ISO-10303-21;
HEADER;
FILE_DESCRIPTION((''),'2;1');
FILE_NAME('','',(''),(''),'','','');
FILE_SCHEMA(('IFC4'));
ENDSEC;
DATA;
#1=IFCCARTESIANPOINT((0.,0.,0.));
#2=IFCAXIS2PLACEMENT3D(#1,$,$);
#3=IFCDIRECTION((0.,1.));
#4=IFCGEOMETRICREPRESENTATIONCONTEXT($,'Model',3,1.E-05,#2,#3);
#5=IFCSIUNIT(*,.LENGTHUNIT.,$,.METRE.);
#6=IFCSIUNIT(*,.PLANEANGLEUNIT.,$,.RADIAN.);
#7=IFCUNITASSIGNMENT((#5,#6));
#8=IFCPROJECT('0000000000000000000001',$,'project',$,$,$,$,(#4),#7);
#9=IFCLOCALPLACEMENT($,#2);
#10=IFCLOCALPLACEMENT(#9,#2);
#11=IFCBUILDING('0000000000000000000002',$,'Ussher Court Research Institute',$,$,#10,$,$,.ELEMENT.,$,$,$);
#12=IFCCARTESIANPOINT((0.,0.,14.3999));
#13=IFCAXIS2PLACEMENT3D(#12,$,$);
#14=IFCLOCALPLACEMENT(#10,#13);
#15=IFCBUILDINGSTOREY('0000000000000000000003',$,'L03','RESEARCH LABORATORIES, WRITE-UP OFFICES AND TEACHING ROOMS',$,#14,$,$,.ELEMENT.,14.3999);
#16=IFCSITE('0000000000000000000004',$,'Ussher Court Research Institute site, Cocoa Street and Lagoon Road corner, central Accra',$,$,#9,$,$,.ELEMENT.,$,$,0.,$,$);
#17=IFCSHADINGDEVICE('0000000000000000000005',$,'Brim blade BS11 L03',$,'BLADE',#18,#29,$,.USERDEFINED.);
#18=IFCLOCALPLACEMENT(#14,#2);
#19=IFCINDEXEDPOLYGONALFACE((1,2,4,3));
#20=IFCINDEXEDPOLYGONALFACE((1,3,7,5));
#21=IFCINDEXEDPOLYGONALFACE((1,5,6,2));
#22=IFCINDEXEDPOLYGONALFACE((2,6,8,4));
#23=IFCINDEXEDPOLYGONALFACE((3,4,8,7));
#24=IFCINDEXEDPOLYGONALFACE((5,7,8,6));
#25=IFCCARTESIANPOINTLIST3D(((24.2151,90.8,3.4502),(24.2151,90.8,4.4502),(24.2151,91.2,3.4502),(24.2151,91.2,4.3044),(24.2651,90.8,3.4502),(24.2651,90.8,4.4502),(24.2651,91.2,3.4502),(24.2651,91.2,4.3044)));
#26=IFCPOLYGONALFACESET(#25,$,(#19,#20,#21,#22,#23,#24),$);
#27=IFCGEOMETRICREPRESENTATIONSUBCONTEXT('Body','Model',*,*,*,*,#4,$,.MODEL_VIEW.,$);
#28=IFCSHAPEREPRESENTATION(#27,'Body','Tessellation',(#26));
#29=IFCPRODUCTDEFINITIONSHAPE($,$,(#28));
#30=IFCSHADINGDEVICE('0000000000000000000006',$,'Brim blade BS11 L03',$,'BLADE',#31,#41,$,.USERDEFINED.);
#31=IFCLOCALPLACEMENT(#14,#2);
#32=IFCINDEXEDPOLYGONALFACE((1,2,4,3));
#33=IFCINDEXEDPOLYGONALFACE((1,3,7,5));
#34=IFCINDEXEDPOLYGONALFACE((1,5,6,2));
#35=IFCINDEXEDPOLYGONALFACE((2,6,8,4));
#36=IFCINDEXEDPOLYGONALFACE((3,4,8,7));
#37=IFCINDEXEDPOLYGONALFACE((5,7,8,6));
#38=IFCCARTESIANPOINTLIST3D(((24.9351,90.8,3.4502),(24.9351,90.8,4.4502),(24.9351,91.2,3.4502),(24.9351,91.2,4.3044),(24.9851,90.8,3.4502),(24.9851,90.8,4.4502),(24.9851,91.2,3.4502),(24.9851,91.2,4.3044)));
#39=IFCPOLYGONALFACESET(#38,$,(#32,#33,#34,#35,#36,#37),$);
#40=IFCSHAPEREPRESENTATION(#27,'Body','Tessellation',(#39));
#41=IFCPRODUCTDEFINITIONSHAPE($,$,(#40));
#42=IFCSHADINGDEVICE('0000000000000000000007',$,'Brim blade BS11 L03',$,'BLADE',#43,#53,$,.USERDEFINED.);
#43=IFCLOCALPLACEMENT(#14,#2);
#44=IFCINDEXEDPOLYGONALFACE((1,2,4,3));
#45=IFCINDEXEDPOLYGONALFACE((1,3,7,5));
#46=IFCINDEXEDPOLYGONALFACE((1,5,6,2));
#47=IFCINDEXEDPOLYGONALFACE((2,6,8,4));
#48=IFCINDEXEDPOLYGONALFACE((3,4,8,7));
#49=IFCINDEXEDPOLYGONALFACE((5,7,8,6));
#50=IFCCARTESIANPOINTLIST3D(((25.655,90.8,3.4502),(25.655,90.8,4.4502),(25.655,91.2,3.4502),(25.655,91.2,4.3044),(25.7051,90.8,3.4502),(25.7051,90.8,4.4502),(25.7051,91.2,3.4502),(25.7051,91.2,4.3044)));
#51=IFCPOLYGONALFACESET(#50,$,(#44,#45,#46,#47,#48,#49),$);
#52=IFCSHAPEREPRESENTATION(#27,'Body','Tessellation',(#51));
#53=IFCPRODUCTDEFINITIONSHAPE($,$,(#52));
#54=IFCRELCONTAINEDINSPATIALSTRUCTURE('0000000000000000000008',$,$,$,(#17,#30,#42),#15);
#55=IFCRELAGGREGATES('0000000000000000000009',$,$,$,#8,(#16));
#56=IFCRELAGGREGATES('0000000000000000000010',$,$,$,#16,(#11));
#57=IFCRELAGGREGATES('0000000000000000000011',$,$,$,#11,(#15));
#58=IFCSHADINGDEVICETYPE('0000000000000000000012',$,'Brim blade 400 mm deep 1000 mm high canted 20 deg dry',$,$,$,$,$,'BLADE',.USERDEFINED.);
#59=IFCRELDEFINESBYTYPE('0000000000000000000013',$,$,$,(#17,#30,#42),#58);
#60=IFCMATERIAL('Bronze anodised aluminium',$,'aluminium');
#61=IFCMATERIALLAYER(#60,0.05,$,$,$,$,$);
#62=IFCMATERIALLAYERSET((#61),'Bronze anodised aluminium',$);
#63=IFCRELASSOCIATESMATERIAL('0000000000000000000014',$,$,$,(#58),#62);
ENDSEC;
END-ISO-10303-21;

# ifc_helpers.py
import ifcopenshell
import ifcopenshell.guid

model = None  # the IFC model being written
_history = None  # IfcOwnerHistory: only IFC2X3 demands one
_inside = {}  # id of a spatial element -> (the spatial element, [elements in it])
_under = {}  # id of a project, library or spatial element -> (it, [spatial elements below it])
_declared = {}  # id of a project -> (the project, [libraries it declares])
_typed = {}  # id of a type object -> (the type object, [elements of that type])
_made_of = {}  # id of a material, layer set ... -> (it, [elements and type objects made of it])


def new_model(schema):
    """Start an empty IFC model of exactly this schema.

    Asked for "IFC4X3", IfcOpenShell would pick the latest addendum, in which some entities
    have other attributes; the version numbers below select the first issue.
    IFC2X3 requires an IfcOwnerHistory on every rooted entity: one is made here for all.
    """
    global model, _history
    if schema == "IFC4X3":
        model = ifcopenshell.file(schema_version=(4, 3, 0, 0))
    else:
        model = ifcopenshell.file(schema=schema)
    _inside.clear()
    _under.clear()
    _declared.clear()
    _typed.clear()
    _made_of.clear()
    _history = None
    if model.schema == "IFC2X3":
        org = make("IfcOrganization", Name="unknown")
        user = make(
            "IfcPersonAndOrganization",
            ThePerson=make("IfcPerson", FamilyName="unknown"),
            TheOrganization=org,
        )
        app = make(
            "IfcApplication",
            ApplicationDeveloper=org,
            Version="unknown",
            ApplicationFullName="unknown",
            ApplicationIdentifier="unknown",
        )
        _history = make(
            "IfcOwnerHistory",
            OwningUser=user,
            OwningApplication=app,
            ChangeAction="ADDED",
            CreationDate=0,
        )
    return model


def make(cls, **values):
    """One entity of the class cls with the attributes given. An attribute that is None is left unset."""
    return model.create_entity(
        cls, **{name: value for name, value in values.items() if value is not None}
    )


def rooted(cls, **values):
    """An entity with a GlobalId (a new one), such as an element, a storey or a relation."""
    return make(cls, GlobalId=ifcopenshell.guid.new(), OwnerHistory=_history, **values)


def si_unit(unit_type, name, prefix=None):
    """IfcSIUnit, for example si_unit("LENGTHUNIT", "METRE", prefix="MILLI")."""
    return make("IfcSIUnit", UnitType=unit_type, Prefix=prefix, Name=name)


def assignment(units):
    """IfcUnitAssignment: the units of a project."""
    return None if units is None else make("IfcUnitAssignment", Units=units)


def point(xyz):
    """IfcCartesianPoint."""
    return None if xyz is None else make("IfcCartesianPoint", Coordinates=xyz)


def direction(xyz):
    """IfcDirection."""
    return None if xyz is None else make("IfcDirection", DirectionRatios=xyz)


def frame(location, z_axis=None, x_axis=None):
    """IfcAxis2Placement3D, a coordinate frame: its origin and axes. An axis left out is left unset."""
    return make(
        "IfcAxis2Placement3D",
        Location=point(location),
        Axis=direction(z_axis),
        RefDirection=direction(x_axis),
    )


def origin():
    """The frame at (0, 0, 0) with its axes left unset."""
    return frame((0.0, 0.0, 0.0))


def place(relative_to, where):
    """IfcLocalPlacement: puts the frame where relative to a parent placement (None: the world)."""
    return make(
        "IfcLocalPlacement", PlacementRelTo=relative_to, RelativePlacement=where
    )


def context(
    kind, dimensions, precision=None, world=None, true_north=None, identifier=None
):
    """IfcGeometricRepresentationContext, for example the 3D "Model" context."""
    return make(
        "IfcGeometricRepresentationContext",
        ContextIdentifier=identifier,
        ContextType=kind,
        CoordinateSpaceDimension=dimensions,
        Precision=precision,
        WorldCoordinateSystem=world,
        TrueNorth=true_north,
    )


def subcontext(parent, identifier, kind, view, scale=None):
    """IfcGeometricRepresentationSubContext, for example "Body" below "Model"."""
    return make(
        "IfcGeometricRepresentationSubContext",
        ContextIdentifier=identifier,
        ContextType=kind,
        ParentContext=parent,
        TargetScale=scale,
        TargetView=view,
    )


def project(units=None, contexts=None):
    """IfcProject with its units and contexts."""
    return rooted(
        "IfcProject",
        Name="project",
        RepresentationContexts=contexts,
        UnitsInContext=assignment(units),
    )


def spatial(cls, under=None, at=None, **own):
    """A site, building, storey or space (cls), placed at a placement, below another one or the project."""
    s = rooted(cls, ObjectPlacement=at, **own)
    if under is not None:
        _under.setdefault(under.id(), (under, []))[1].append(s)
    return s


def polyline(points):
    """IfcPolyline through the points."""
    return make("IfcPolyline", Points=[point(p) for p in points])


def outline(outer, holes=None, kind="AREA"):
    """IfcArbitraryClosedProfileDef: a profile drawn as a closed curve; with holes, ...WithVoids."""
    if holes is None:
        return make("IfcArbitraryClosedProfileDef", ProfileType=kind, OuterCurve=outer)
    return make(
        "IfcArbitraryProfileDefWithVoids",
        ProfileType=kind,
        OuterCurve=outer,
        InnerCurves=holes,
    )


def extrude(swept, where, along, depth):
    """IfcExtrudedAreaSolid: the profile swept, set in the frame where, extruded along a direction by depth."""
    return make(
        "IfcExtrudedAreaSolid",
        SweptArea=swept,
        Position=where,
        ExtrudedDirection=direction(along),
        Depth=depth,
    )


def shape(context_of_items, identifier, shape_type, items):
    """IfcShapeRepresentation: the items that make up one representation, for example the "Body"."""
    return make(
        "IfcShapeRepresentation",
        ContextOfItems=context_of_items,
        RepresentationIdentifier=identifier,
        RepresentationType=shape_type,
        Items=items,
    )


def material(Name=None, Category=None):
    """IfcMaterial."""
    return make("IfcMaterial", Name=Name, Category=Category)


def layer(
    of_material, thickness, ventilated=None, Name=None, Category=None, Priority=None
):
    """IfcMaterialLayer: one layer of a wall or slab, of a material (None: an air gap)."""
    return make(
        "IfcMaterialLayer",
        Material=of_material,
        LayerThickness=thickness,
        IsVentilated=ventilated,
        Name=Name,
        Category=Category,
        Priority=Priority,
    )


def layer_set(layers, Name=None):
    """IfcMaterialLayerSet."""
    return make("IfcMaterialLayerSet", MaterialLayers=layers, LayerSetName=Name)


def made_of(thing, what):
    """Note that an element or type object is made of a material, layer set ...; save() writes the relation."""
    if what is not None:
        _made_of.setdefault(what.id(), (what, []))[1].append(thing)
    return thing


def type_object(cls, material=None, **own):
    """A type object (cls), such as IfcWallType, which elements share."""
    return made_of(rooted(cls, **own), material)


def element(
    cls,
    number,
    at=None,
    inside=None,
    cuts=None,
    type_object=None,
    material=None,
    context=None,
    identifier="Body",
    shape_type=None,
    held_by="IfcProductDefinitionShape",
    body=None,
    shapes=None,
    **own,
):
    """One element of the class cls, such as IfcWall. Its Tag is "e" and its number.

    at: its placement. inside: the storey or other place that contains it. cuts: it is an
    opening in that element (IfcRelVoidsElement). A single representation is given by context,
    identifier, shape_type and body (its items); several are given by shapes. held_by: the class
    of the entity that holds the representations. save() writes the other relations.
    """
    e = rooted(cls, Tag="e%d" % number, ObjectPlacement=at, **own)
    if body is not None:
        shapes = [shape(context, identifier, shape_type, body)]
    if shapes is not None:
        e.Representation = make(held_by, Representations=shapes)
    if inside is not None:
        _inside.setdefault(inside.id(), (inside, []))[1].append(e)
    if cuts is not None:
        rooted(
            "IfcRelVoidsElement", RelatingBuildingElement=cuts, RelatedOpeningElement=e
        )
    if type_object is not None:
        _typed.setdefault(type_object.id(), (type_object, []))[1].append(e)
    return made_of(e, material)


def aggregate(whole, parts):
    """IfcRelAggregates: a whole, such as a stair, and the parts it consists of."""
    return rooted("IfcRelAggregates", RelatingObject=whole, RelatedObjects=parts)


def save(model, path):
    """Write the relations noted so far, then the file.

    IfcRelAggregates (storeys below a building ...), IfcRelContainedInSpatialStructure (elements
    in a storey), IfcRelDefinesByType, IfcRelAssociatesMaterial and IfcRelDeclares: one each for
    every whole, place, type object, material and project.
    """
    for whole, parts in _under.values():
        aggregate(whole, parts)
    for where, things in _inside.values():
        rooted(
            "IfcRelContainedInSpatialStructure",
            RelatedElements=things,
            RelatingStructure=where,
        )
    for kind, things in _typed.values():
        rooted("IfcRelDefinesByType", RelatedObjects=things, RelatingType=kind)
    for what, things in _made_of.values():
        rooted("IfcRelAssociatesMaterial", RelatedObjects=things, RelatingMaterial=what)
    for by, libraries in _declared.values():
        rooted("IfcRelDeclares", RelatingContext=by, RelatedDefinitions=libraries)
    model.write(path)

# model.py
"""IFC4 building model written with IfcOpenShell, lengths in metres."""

from ifc_helpers import new_model, si_unit, direction, frame, origin, place, context, subcontext, project, spatial, polyline, outline, extrude, material, layer, layer_set, type_object, element, save


model = new_model("IFC4")

# Units and contexts
model_context = context("Model", 3, precision=1e-05, world=origin(), true_north=direction((0.0, 1.0)))
body_context = subcontext(model_context, "Body", "Model", "MODEL_VIEW")
ifc_project = project(units=[si_unit("LENGTHUNIT", "METRE"), si_unit("PLANEANGLEUNIT", "RADIAN")], contexts=[model_context])

# Site, building, storey
site_placement = place(None, origin())
site = spatial("IfcSite", under=ifc_project, at=site_placement, Name="Ussher Court Research Institute site, Cocoa Street and Lagoon Road corner, central Accra", CompositionType="ELEMENT", RefElevation=0.0)
building_placement = place(site_placement, origin())
building = spatial("IfcBuilding", under=site, at=building_placement, Name="Ussher Court Research Institute", CompositionType="ELEMENT")
storey_placement = place(building_placement, frame((0.0, 0.0, 14.3999)))
storey = spatial("IfcBuildingStorey", under=building, at=storey_placement, Name="L03", Description="RESEARCH LABORATORIES, WRITE-UP OFFICES AND TEACHING ROOMS", CompositionType="ELEMENT", Elevation=14.3999)

# Shading devices
ifc_material_1 = material(Name="Bronze anodised aluminium", Category="aluminium")
ifc_layer_1 = layer(ifc_material_1, 0.05)
ifc_layer_set_1 = layer_set([ifc_layer_1], Name="Bronze anodised aluminium")
shading_device_type_1 = type_object("IfcShadingDeviceType", Name="Brim blade 400 mm deep 1000 mm high canted 20 deg dry", ElementType="BLADE", PredefinedType="USERDEFINED", material=ifc_layer_set_1)
for number, where, z_axis, x_axis, name in (
    (1, (24.24, 90.8, 3.4502), (0.0, 0.0, 1.0), (0.0, 1.0, 0.0), "Brim blade BS11 L03"),
    (2, (24.96, 90.8, 3.4502), (0.0, 0.0, 1.0), (0.0, 1.0, 0.0), "Brim blade BS11 L03"),
    (3, (25.6799, 90.8, 3.4502), (0.0, 0.0, 1.0), (0.0, 1.0, 0.0), "Brim blade BS11 L03"),
):
    element("IfcShadingDevice", number, at=place(storey_placement, frame(where, z_axis=z_axis, x_axis=x_axis)), inside=storey, type_object=shading_device_type_1, Name=name, ObjectType="BLADE", PredefinedType="USERDEFINED", context=body_context, shape_type="SweptSolid", body=[
        extrude(outline(polyline([(0.0, 0.0), (0.3999, 0.0), (0.3999, 0.8542), (0.0, 1.0), (0.0, 0.0)])), frame((0.0, 0.0249, 0.0), z_axis=(0.0, -1.0, 0.0), x_axis=(1.0, 0.0, 0.0)), (0.0, 0.0, 1.0), 0.05),
    ])

save(model, "model.ifc")
